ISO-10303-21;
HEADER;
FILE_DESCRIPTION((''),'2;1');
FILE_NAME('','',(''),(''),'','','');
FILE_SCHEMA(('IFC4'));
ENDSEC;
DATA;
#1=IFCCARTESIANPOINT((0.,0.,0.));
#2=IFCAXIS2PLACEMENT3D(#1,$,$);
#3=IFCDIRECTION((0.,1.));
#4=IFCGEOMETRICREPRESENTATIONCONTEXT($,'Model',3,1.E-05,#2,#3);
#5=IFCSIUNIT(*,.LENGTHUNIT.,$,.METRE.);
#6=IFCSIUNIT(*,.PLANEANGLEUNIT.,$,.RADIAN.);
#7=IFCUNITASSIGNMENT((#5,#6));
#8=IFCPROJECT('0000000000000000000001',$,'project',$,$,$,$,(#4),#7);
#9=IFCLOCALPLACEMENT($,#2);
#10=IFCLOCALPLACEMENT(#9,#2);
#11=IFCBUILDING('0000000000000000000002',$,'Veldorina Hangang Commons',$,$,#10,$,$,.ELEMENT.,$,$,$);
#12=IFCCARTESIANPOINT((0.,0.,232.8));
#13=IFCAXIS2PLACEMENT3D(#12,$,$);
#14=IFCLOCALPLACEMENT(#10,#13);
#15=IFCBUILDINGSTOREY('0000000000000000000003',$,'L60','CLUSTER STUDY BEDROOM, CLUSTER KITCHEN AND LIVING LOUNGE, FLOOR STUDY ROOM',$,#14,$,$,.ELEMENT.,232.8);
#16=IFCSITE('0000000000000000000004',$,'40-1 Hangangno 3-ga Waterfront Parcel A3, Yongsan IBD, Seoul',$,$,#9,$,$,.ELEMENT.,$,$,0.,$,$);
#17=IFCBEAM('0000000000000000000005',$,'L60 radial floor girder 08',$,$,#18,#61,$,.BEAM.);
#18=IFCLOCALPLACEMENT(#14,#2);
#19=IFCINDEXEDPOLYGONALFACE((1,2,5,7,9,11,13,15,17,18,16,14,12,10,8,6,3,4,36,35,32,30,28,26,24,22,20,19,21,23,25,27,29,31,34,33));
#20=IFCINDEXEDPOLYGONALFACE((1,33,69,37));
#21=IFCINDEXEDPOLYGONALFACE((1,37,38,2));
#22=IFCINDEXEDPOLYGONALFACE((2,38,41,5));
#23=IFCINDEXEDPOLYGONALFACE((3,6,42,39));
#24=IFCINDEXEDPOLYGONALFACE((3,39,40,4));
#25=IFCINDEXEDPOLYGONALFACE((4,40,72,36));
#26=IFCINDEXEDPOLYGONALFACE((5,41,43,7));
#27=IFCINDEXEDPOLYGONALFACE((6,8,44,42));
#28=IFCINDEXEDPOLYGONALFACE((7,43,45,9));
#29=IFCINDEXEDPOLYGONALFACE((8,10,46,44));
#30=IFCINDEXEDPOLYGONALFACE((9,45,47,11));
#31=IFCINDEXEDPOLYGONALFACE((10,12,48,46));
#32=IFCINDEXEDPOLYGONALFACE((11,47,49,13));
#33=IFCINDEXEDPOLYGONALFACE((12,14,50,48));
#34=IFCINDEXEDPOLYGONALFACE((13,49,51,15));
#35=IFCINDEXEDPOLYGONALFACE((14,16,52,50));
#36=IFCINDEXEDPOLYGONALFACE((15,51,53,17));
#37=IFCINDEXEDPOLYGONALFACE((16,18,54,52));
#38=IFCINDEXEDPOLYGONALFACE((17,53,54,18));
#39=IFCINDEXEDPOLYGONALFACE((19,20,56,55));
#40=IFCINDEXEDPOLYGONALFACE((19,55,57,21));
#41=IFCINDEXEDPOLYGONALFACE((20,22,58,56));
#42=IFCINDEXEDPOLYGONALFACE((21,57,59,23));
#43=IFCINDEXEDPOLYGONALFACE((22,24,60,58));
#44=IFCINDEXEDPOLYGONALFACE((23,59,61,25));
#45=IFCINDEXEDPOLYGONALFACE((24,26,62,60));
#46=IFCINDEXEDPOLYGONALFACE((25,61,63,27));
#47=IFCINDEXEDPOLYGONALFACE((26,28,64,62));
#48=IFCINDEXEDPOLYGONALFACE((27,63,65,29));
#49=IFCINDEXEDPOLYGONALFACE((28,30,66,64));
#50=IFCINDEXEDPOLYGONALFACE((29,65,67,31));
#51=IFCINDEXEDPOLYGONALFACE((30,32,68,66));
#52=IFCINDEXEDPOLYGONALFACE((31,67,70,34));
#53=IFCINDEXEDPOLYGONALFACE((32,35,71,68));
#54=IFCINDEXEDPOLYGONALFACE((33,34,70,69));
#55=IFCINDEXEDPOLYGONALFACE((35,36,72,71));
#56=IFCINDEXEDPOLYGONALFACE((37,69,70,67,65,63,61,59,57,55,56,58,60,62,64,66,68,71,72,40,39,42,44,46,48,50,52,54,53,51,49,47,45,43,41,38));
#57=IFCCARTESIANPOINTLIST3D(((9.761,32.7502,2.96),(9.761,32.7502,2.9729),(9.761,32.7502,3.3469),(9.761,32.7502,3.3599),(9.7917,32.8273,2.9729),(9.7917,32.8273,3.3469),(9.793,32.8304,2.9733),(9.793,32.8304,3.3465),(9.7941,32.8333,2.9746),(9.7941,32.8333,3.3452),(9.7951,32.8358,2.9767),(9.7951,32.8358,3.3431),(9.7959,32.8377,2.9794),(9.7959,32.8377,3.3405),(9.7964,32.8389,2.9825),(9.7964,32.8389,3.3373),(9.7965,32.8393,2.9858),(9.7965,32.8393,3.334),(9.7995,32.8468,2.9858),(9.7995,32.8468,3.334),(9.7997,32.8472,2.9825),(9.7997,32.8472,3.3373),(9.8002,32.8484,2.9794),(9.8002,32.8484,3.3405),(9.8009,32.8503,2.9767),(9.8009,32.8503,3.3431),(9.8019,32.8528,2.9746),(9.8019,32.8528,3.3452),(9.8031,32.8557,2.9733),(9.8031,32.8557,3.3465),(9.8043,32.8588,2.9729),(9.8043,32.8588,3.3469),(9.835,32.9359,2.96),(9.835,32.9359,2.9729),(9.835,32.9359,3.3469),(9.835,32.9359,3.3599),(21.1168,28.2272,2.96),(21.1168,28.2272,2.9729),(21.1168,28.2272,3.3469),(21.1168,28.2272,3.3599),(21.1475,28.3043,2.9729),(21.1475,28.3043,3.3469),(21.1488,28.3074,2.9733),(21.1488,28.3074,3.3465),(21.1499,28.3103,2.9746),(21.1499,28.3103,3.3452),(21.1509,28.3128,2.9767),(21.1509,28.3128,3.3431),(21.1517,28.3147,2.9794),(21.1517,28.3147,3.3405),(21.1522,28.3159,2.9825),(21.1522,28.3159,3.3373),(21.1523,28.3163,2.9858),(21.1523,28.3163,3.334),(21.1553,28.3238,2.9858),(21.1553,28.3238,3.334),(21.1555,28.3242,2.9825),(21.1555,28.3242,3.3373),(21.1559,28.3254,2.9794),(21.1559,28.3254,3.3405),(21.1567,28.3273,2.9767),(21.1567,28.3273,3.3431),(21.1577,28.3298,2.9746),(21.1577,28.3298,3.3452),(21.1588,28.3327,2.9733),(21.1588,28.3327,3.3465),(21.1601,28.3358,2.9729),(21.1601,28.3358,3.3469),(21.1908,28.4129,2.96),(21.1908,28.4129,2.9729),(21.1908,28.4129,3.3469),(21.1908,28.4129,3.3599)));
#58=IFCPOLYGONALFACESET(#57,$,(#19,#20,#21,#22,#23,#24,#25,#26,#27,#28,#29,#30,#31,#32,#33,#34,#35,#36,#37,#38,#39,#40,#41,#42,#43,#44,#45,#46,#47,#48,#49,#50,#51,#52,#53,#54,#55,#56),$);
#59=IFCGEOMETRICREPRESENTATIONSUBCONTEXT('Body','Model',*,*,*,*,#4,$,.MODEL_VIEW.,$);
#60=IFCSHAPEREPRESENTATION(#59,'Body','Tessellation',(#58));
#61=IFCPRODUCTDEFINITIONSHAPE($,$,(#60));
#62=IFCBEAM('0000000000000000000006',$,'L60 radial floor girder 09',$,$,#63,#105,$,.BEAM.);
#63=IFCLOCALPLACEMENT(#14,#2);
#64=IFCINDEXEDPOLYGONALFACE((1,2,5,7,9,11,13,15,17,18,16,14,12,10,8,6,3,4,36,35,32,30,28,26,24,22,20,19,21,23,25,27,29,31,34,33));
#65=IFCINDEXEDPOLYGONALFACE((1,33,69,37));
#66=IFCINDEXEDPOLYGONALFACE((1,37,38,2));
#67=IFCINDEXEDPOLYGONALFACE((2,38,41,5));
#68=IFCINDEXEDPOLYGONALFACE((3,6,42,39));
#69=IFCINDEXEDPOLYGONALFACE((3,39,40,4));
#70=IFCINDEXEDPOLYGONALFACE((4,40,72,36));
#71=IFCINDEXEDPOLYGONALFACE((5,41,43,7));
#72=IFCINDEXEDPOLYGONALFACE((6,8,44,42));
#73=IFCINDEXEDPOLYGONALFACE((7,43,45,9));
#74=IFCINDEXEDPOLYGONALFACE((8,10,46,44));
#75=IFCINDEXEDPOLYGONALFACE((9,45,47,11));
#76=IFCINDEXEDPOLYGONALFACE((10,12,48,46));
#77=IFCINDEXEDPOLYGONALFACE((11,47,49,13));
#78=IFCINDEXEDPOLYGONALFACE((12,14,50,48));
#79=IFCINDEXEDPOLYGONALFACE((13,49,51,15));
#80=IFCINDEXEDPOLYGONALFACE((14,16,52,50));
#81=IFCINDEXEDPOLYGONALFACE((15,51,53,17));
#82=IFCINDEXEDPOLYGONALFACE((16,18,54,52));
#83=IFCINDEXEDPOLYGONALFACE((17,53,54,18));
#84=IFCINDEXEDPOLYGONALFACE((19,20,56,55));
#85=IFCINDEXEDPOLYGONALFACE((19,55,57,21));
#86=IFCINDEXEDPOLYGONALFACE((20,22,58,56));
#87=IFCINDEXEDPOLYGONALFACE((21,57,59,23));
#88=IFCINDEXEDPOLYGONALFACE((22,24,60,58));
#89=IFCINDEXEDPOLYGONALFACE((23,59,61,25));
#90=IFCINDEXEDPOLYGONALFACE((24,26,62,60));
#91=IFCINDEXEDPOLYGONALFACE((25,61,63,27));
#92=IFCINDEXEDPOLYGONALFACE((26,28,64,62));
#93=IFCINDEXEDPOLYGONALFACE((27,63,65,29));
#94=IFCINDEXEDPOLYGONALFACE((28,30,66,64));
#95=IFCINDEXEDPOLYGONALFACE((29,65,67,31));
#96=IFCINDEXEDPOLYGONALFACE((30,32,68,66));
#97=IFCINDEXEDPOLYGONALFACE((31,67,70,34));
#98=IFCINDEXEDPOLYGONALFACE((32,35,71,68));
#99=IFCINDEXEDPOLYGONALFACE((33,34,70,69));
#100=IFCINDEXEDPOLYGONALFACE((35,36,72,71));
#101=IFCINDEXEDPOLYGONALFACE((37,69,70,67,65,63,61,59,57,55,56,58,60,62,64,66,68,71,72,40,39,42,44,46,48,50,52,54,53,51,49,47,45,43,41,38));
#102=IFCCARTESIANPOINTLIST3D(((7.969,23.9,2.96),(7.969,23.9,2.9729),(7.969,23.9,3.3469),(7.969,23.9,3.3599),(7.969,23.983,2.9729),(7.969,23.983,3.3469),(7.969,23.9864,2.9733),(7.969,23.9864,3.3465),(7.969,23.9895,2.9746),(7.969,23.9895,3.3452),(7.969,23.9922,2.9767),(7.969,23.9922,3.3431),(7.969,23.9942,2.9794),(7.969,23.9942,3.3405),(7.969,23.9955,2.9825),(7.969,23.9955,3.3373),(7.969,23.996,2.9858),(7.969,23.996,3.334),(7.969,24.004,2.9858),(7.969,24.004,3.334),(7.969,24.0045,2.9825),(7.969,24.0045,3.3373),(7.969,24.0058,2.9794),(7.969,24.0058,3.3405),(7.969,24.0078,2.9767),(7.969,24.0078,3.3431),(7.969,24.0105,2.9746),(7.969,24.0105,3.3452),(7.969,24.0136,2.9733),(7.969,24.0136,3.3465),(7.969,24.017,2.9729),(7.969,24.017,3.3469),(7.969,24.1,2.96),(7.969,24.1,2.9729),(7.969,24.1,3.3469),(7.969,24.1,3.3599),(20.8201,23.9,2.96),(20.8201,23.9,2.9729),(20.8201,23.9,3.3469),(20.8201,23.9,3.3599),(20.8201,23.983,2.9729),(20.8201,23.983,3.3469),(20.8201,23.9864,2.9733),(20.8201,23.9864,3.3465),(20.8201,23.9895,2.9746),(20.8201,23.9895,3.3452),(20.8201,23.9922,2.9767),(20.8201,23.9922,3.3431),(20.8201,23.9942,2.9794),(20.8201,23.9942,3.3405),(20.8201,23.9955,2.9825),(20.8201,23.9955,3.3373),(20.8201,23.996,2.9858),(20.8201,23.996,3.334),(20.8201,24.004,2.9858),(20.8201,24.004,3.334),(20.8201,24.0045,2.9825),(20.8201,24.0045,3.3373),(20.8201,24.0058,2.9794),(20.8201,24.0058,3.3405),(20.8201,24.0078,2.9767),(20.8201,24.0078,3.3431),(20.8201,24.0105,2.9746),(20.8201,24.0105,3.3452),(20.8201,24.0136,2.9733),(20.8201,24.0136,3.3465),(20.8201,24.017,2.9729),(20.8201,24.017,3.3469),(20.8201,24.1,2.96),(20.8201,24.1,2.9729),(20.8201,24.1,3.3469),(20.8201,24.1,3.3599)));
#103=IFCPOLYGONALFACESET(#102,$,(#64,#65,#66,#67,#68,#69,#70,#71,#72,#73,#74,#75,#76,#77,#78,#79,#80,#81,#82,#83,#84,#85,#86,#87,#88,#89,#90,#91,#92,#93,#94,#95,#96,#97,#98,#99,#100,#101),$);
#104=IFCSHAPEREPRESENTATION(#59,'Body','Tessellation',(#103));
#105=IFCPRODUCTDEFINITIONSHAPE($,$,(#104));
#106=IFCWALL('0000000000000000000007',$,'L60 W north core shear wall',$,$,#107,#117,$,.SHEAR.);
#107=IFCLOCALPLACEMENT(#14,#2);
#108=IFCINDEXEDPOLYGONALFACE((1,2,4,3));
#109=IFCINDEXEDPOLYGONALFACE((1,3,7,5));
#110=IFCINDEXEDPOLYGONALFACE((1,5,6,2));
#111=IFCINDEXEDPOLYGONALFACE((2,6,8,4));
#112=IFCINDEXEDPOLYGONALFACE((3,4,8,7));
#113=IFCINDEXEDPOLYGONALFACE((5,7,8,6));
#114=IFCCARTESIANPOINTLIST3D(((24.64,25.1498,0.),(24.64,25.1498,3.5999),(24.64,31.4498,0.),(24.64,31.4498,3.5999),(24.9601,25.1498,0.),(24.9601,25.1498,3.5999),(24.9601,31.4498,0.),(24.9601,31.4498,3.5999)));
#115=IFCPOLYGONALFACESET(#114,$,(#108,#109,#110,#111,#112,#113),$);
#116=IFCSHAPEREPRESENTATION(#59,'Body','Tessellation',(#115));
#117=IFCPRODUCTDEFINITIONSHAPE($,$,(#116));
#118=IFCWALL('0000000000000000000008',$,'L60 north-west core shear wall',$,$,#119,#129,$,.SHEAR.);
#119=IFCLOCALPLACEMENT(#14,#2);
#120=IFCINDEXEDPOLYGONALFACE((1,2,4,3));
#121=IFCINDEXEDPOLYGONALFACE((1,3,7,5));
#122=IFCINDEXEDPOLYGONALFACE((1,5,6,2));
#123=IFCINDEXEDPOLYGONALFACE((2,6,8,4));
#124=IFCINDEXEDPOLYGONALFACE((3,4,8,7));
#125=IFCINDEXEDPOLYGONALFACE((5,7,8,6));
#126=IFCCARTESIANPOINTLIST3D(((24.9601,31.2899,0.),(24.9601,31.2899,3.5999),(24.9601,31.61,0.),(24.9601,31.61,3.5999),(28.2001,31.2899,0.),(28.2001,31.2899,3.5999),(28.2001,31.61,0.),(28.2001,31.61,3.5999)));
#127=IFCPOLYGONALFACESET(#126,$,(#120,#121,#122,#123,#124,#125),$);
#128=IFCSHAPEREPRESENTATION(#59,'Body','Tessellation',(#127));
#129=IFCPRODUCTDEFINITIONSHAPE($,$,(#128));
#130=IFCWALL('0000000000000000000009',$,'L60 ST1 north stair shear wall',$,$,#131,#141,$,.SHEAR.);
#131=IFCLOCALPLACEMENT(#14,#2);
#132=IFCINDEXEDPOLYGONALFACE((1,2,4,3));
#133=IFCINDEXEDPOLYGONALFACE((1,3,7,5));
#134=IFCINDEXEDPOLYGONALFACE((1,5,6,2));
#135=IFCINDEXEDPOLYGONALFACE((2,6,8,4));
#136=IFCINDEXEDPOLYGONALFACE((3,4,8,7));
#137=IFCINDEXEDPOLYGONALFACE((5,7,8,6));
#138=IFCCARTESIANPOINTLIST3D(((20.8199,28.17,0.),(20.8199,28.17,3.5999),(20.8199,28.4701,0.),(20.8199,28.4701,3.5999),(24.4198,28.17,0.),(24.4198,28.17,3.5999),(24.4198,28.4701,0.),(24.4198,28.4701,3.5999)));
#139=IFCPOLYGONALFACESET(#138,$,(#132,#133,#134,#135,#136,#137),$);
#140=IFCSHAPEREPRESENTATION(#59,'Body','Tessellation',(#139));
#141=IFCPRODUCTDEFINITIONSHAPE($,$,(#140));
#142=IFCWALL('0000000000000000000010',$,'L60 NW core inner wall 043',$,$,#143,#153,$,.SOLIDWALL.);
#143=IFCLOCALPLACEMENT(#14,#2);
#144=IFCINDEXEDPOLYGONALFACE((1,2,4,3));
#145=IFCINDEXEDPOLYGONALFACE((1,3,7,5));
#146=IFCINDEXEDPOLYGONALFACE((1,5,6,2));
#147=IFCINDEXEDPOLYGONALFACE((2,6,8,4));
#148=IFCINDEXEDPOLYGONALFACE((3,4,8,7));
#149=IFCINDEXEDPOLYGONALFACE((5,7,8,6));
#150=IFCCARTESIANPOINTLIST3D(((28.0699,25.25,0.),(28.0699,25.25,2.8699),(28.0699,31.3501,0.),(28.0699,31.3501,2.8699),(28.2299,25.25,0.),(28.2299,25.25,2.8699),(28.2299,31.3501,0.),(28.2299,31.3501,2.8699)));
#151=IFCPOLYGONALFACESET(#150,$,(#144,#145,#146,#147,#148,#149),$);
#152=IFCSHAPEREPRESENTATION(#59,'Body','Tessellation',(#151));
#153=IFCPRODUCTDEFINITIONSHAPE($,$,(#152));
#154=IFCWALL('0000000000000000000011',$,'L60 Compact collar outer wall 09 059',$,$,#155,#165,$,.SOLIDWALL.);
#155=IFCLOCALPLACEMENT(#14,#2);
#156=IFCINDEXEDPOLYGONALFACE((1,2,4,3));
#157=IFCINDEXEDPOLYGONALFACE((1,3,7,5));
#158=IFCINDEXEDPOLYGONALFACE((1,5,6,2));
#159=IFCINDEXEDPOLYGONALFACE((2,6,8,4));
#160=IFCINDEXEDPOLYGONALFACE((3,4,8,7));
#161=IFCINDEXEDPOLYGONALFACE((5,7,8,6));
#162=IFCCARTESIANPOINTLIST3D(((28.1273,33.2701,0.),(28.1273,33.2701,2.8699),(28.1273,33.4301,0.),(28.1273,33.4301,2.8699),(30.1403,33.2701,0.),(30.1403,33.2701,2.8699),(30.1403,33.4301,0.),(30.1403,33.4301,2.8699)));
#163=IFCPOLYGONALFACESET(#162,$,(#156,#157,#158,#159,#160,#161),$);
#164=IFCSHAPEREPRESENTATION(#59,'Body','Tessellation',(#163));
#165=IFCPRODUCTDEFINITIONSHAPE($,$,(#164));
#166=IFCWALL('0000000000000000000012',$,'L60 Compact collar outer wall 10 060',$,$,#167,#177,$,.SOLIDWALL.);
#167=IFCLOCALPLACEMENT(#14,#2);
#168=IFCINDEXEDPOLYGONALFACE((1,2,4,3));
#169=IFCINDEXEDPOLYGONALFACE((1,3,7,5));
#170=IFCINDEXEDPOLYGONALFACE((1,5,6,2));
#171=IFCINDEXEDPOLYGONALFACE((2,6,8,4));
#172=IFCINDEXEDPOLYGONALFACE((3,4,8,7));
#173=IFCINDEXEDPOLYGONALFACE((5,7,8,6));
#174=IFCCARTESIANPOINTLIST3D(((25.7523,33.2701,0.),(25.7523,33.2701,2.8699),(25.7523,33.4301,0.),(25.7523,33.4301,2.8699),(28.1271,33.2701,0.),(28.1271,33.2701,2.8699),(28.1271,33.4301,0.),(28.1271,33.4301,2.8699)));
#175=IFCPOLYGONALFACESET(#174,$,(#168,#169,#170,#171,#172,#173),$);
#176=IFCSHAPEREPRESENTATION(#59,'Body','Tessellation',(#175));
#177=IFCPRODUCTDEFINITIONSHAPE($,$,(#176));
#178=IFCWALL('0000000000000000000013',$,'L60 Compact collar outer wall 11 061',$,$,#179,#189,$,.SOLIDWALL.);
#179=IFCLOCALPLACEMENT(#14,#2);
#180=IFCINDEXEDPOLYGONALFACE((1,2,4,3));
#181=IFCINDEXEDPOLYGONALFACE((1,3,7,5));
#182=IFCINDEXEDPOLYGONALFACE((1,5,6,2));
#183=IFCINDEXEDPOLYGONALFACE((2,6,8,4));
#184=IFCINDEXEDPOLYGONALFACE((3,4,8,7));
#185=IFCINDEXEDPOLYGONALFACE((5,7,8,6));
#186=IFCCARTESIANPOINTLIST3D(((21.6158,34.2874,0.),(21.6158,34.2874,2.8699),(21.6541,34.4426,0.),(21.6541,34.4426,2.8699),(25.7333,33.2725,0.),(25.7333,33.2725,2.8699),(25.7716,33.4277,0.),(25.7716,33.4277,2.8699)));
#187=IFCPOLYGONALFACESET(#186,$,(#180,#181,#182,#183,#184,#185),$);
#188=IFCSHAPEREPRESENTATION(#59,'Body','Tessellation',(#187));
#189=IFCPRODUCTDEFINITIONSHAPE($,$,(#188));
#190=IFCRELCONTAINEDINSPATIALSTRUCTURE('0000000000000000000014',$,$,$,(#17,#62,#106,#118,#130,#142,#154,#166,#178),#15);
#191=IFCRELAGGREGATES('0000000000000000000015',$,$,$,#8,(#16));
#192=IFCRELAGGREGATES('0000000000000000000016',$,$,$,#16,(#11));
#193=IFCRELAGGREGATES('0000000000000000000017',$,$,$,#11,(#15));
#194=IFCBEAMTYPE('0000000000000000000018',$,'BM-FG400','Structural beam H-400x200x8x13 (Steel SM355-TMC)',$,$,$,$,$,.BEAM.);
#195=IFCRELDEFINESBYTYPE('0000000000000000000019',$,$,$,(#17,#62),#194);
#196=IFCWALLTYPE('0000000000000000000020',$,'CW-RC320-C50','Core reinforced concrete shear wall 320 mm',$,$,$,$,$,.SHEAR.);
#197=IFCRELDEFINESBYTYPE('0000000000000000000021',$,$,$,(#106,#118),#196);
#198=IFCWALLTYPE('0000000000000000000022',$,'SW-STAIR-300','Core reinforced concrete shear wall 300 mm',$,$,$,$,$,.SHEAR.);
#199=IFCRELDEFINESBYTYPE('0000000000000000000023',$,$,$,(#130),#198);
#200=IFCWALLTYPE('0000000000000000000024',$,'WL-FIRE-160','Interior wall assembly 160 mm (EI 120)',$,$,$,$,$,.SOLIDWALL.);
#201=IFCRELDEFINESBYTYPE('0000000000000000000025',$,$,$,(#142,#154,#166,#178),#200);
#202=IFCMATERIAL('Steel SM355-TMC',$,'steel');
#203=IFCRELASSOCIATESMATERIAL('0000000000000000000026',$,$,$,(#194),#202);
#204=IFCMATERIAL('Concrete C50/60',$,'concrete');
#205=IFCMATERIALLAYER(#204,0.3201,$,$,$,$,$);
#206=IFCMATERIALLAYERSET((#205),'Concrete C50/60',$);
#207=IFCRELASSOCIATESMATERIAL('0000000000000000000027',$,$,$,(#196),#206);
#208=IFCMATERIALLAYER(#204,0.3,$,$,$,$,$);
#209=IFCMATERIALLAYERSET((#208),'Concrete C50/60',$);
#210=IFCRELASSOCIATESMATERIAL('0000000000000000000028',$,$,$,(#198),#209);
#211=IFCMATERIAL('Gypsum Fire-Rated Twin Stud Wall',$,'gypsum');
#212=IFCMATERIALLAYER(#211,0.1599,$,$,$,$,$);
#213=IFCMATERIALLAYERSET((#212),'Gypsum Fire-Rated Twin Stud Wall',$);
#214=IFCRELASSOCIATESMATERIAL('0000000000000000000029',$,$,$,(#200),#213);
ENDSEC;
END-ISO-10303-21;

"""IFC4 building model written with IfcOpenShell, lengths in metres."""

from ifc_helpers import new_model, si_unit, direction, frame, frame_2d, origin, origin_2d, place, context, subcontext, project, spatial, rectangle, i_section, extrude, material, layer, layer_set, material_profile, profile_set, type_object, element, save


model = new_model("IFC4")

# Units and contexts
model_context = context("Model", 3, precision=1e-05, world=origin(), true_north=direction((0.0, 1.0)))
body_context = subcontext(model_context, "Body", "Model", "MODEL_VIEW")
ifc_project = project(units=[si_unit("LENGTHUNIT", "METRE"), si_unit("PLANEANGLEUNIT", "RADIAN")], contexts=[model_context])

# Site, building, storey
site_placement = place(None, origin())
site = spatial("IfcSite", under=ifc_project, at=site_placement, Name="40-1 Hangangno 3-ga Waterfront Parcel A3, Yongsan IBD, Seoul", CompositionType="ELEMENT", RefElevation=0.0)
building_placement = place(site_placement, origin())
building = spatial("IfcBuilding", under=site, at=building_placement, Name="Veldorina Hangang Commons", CompositionType="ELEMENT")
storey_placement = place(building_placement, frame((0.0, 0.0, 232.8)))
storey = spatial("IfcBuildingStorey", under=building, at=storey_placement, Name="L60", Description="CLUSTER STUDY BEDROOM, CLUSTER KITCHEN AND LIVING LOUNGE, FLOOR STUDY ROOM", CompositionType="ELEMENT", Elevation=232.8)

# Beams
ifc_material_1 = material(Name="Concrete C50/60", Category="concrete")
ifc_material_2 = material(Name="Steel SM355-TMC", Category="steel")
ifc_material_profile_1 = material_profile(ifc_material_2, i_section(OverallWidth=0.2, OverallDepth=0.3999, WebThickness=0.0081, FlangeThickness=0.0129, FilletRadius=0.0129, at=origin_2d()), Name="H-400x200x8x13")
ifc_profile_set_1 = profile_set([ifc_material_profile_1], Name="Steel SM355-TMC")
beam_type_1 = type_object("IfcBeamType", Name="BM-FG400", Description="Structural beam H-400x200x8x13 (Steel SM355-TMC)", PredefinedType="BEAM", material=ifc_profile_set_1)
beam_1_placement = place(storey_placement, frame((21.1538, 28.3201, 3.1599), z_axis=(-0.929021, 0.370027, 0.0), x_axis=(-0.370027, -0.929021, 0.0)))
element("IfcBeam", 1, at=beam_1_placement, inside=storey, type_object=beam_type_1, Name="L60 radial floor girder 08", PredefinedType="BEAM", context=body_context, shape_type="SweptSolid", body=[
    extrude(i_section(OverallWidth=0.2, OverallDepth=0.3999, WebThickness=0.0081, FlangeThickness=0.0129, FilletRadius=0.0129, at=origin_2d()), origin(), (0.0, 0.0, 1.0), 12.2234),
])
beam_2_placement = place(storey_placement, frame((20.8201, 24.0, 3.1599), z_axis=(-1.0, 0.0, 0.0), x_axis=(0.0, -1.0, 0.0)))
element("IfcBeam", 2, at=beam_2_placement, inside=storey, type_object=beam_type_1, Name="L60 radial floor girder 09", PredefinedType="BEAM", context=body_context, shape_type="SweptSolid", body=[
    extrude(i_section(OverallWidth=0.2, OverallDepth=0.3999, WebThickness=0.0081, FlangeThickness=0.0129, FilletRadius=0.0129, at=origin_2d()), origin(), (0.0, 0.0, 1.0), 12.8511),
])

# Walls
ifc_layer_1 = layer(ifc_material_1, 0.3201)
ifc_layer_set_1 = layer_set([ifc_layer_1], Name="Concrete C50/60")
wall_type_1 = type_object("IfcWallType", Name="CW-RC320-C50", Description="Core reinforced concrete shear wall 320 mm", PredefinedType="SHEAR", material=ifc_layer_set_1)
wall_1_placement = place(storey_placement, frame((24.8, 25.1499, 0.0), z_axis=(0.0, 0.0, 1.0), x_axis=(0.0, 1.0, 0.0)))
element("IfcWall", 3, at=wall_1_placement, inside=storey, type_object=wall_type_1, Name="L60 W north core shear wall", PredefinedType="SHEAR", context=body_context, shape_type="SweptSolid", body=[
    extrude(rectangle(XDim=6.3, YDim=0.3201, at=frame_2d((3.1499, 0.0))), origin(), (0.0, 0.0, 1.0), 3.5999),
])
wall_2_placement = place(storey_placement, frame((24.96, 31.45, 0.0), z_axis=(0.0, 0.0, 1.0), x_axis=(1.0, 0.0, 0.0)))
element("IfcWall", 4, at=wall_2_placement, inside=storey, type_object=wall_type_1, Name="L60 north-west core shear wall", PredefinedType="SHEAR", context=body_context, shape_type="SweptSolid", body=[
    extrude(rectangle(XDim=3.24, YDim=0.3201, at=frame_2d((1.6201, 0.0))), origin(), (0.0, 0.0, 1.0), 3.5999),
])
ifc_layer_2 = layer(ifc_material_1, 0.3)
ifc_layer_set_2 = layer_set([ifc_layer_2], Name="Concrete C50/60")
wall_type_2 = type_object("IfcWallType", Name="SW-STAIR-300", Description="Core reinforced concrete shear wall 300 mm", PredefinedType="SHEAR", material=ifc_layer_set_2)
wall_3_placement = place(storey_placement, frame((20.8201, 28.3201, 0.0), z_axis=(0.0, 0.0, 1.0), x_axis=(1.0, 0.0, 0.0)))
element("IfcWall", 5, at=wall_3_placement, inside=storey, type_object=wall_type_2, Name="L60 ST1 north stair shear wall", PredefinedType="SHEAR", context=body_context, shape_type="SweptSolid", body=[
    extrude(rectangle(XDim=3.5999, YDim=0.3, at=frame_2d((1.7998, 0.0))), origin(), (0.0, 0.0, 1.0), 3.5999),
])
ifc_material_3 = material(Name="Gypsum Fire-Rated Twin Stud Wall", Category="gypsum")
ifc_layer_3 = layer(ifc_material_3, 0.1599)
ifc_layer_set_3 = layer_set([ifc_layer_3], Name="Gypsum Fire-Rated Twin Stud Wall")
wall_type_3 = type_object("IfcWallType", Name="WL-FIRE-160", Description="Interior wall assembly 160 mm (EI 120)", PredefinedType="SOLIDWALL", material=ifc_layer_set_3)
wall_4_placement = place(storey_placement, frame((28.1499, 25.25, 0.0), z_axis=(0.0, 0.0, 1.0), x_axis=(0.0, 1.0, 0.0)))
element("IfcWall", 6, at=wall_4_placement, inside=storey, type_object=wall_type_3, Name="L60 NW core inner wall 043", PredefinedType="SOLIDWALL", context=body_context, shape_type="SweptSolid", body=[
    extrude(rectangle(XDim=6.1001, YDim=0.1599, at=frame_2d((3.05, 0.0))), origin(), (0.0, 0.0, 1.0), 2.8699),
])
wall_5_placement = place(storey_placement, frame((30.1401, 33.3501, 0.0), z_axis=(0.0, 0.0, 1.0), x_axis=(-1.0, 0.0, 0.0)))
element("IfcWall", 7, at=wall_5_placement, inside=storey, type_object=wall_type_3, Name="L60 Compact collar outer wall 09 059", PredefinedType="SOLIDWALL", context=body_context, shape_type="SweptSolid", body=[
    extrude(rectangle(XDim=2.0129, YDim=0.1599, at=frame_2d((1.0063, 0.0))), origin(), (0.0, 0.0, 1.0), 2.8699),
])
wall_6_placement = place(storey_placement, frame((28.1272, 33.3501, 0.0), z_axis=(0.0, 0.0, 1.0), x_axis=(-1.0, 0.0, 0.0)))
element("IfcWall", 8, at=wall_6_placement, inside=storey, type_object=wall_type_3, Name="L60 Compact collar outer wall 10 060", PredefinedType="SOLIDWALL", context=body_context, shape_type="SweptSolid", body=[
    extrude(rectangle(XDim=2.3748, YDim=0.1599, at=frame_2d((1.1875, 0.0))), origin(), (0.0, 0.0, 1.0), 2.8699),
])
wall_7_placement = place(storey_placement, frame((25.7524, 33.3501, 0.0), z_axis=(0.0, 0.0, 1.0), x_axis=(-0.97094, 0.239324, 0.0)))
element("IfcWall", 9, at=wall_7_placement, inside=storey, type_object=wall_type_3, Name="L60 Compact collar outer wall 11 061", PredefinedType="SOLIDWALL", context=body_context, shape_type="SweptSolid", body=[
    extrude(rectangle(XDim=4.2407, YDim=0.1599, at=frame_2d((2.1204, 0.0))), origin(), (0.0, 0.0, 1.0), 2.8699),
])

save(model, "model.ifc")
